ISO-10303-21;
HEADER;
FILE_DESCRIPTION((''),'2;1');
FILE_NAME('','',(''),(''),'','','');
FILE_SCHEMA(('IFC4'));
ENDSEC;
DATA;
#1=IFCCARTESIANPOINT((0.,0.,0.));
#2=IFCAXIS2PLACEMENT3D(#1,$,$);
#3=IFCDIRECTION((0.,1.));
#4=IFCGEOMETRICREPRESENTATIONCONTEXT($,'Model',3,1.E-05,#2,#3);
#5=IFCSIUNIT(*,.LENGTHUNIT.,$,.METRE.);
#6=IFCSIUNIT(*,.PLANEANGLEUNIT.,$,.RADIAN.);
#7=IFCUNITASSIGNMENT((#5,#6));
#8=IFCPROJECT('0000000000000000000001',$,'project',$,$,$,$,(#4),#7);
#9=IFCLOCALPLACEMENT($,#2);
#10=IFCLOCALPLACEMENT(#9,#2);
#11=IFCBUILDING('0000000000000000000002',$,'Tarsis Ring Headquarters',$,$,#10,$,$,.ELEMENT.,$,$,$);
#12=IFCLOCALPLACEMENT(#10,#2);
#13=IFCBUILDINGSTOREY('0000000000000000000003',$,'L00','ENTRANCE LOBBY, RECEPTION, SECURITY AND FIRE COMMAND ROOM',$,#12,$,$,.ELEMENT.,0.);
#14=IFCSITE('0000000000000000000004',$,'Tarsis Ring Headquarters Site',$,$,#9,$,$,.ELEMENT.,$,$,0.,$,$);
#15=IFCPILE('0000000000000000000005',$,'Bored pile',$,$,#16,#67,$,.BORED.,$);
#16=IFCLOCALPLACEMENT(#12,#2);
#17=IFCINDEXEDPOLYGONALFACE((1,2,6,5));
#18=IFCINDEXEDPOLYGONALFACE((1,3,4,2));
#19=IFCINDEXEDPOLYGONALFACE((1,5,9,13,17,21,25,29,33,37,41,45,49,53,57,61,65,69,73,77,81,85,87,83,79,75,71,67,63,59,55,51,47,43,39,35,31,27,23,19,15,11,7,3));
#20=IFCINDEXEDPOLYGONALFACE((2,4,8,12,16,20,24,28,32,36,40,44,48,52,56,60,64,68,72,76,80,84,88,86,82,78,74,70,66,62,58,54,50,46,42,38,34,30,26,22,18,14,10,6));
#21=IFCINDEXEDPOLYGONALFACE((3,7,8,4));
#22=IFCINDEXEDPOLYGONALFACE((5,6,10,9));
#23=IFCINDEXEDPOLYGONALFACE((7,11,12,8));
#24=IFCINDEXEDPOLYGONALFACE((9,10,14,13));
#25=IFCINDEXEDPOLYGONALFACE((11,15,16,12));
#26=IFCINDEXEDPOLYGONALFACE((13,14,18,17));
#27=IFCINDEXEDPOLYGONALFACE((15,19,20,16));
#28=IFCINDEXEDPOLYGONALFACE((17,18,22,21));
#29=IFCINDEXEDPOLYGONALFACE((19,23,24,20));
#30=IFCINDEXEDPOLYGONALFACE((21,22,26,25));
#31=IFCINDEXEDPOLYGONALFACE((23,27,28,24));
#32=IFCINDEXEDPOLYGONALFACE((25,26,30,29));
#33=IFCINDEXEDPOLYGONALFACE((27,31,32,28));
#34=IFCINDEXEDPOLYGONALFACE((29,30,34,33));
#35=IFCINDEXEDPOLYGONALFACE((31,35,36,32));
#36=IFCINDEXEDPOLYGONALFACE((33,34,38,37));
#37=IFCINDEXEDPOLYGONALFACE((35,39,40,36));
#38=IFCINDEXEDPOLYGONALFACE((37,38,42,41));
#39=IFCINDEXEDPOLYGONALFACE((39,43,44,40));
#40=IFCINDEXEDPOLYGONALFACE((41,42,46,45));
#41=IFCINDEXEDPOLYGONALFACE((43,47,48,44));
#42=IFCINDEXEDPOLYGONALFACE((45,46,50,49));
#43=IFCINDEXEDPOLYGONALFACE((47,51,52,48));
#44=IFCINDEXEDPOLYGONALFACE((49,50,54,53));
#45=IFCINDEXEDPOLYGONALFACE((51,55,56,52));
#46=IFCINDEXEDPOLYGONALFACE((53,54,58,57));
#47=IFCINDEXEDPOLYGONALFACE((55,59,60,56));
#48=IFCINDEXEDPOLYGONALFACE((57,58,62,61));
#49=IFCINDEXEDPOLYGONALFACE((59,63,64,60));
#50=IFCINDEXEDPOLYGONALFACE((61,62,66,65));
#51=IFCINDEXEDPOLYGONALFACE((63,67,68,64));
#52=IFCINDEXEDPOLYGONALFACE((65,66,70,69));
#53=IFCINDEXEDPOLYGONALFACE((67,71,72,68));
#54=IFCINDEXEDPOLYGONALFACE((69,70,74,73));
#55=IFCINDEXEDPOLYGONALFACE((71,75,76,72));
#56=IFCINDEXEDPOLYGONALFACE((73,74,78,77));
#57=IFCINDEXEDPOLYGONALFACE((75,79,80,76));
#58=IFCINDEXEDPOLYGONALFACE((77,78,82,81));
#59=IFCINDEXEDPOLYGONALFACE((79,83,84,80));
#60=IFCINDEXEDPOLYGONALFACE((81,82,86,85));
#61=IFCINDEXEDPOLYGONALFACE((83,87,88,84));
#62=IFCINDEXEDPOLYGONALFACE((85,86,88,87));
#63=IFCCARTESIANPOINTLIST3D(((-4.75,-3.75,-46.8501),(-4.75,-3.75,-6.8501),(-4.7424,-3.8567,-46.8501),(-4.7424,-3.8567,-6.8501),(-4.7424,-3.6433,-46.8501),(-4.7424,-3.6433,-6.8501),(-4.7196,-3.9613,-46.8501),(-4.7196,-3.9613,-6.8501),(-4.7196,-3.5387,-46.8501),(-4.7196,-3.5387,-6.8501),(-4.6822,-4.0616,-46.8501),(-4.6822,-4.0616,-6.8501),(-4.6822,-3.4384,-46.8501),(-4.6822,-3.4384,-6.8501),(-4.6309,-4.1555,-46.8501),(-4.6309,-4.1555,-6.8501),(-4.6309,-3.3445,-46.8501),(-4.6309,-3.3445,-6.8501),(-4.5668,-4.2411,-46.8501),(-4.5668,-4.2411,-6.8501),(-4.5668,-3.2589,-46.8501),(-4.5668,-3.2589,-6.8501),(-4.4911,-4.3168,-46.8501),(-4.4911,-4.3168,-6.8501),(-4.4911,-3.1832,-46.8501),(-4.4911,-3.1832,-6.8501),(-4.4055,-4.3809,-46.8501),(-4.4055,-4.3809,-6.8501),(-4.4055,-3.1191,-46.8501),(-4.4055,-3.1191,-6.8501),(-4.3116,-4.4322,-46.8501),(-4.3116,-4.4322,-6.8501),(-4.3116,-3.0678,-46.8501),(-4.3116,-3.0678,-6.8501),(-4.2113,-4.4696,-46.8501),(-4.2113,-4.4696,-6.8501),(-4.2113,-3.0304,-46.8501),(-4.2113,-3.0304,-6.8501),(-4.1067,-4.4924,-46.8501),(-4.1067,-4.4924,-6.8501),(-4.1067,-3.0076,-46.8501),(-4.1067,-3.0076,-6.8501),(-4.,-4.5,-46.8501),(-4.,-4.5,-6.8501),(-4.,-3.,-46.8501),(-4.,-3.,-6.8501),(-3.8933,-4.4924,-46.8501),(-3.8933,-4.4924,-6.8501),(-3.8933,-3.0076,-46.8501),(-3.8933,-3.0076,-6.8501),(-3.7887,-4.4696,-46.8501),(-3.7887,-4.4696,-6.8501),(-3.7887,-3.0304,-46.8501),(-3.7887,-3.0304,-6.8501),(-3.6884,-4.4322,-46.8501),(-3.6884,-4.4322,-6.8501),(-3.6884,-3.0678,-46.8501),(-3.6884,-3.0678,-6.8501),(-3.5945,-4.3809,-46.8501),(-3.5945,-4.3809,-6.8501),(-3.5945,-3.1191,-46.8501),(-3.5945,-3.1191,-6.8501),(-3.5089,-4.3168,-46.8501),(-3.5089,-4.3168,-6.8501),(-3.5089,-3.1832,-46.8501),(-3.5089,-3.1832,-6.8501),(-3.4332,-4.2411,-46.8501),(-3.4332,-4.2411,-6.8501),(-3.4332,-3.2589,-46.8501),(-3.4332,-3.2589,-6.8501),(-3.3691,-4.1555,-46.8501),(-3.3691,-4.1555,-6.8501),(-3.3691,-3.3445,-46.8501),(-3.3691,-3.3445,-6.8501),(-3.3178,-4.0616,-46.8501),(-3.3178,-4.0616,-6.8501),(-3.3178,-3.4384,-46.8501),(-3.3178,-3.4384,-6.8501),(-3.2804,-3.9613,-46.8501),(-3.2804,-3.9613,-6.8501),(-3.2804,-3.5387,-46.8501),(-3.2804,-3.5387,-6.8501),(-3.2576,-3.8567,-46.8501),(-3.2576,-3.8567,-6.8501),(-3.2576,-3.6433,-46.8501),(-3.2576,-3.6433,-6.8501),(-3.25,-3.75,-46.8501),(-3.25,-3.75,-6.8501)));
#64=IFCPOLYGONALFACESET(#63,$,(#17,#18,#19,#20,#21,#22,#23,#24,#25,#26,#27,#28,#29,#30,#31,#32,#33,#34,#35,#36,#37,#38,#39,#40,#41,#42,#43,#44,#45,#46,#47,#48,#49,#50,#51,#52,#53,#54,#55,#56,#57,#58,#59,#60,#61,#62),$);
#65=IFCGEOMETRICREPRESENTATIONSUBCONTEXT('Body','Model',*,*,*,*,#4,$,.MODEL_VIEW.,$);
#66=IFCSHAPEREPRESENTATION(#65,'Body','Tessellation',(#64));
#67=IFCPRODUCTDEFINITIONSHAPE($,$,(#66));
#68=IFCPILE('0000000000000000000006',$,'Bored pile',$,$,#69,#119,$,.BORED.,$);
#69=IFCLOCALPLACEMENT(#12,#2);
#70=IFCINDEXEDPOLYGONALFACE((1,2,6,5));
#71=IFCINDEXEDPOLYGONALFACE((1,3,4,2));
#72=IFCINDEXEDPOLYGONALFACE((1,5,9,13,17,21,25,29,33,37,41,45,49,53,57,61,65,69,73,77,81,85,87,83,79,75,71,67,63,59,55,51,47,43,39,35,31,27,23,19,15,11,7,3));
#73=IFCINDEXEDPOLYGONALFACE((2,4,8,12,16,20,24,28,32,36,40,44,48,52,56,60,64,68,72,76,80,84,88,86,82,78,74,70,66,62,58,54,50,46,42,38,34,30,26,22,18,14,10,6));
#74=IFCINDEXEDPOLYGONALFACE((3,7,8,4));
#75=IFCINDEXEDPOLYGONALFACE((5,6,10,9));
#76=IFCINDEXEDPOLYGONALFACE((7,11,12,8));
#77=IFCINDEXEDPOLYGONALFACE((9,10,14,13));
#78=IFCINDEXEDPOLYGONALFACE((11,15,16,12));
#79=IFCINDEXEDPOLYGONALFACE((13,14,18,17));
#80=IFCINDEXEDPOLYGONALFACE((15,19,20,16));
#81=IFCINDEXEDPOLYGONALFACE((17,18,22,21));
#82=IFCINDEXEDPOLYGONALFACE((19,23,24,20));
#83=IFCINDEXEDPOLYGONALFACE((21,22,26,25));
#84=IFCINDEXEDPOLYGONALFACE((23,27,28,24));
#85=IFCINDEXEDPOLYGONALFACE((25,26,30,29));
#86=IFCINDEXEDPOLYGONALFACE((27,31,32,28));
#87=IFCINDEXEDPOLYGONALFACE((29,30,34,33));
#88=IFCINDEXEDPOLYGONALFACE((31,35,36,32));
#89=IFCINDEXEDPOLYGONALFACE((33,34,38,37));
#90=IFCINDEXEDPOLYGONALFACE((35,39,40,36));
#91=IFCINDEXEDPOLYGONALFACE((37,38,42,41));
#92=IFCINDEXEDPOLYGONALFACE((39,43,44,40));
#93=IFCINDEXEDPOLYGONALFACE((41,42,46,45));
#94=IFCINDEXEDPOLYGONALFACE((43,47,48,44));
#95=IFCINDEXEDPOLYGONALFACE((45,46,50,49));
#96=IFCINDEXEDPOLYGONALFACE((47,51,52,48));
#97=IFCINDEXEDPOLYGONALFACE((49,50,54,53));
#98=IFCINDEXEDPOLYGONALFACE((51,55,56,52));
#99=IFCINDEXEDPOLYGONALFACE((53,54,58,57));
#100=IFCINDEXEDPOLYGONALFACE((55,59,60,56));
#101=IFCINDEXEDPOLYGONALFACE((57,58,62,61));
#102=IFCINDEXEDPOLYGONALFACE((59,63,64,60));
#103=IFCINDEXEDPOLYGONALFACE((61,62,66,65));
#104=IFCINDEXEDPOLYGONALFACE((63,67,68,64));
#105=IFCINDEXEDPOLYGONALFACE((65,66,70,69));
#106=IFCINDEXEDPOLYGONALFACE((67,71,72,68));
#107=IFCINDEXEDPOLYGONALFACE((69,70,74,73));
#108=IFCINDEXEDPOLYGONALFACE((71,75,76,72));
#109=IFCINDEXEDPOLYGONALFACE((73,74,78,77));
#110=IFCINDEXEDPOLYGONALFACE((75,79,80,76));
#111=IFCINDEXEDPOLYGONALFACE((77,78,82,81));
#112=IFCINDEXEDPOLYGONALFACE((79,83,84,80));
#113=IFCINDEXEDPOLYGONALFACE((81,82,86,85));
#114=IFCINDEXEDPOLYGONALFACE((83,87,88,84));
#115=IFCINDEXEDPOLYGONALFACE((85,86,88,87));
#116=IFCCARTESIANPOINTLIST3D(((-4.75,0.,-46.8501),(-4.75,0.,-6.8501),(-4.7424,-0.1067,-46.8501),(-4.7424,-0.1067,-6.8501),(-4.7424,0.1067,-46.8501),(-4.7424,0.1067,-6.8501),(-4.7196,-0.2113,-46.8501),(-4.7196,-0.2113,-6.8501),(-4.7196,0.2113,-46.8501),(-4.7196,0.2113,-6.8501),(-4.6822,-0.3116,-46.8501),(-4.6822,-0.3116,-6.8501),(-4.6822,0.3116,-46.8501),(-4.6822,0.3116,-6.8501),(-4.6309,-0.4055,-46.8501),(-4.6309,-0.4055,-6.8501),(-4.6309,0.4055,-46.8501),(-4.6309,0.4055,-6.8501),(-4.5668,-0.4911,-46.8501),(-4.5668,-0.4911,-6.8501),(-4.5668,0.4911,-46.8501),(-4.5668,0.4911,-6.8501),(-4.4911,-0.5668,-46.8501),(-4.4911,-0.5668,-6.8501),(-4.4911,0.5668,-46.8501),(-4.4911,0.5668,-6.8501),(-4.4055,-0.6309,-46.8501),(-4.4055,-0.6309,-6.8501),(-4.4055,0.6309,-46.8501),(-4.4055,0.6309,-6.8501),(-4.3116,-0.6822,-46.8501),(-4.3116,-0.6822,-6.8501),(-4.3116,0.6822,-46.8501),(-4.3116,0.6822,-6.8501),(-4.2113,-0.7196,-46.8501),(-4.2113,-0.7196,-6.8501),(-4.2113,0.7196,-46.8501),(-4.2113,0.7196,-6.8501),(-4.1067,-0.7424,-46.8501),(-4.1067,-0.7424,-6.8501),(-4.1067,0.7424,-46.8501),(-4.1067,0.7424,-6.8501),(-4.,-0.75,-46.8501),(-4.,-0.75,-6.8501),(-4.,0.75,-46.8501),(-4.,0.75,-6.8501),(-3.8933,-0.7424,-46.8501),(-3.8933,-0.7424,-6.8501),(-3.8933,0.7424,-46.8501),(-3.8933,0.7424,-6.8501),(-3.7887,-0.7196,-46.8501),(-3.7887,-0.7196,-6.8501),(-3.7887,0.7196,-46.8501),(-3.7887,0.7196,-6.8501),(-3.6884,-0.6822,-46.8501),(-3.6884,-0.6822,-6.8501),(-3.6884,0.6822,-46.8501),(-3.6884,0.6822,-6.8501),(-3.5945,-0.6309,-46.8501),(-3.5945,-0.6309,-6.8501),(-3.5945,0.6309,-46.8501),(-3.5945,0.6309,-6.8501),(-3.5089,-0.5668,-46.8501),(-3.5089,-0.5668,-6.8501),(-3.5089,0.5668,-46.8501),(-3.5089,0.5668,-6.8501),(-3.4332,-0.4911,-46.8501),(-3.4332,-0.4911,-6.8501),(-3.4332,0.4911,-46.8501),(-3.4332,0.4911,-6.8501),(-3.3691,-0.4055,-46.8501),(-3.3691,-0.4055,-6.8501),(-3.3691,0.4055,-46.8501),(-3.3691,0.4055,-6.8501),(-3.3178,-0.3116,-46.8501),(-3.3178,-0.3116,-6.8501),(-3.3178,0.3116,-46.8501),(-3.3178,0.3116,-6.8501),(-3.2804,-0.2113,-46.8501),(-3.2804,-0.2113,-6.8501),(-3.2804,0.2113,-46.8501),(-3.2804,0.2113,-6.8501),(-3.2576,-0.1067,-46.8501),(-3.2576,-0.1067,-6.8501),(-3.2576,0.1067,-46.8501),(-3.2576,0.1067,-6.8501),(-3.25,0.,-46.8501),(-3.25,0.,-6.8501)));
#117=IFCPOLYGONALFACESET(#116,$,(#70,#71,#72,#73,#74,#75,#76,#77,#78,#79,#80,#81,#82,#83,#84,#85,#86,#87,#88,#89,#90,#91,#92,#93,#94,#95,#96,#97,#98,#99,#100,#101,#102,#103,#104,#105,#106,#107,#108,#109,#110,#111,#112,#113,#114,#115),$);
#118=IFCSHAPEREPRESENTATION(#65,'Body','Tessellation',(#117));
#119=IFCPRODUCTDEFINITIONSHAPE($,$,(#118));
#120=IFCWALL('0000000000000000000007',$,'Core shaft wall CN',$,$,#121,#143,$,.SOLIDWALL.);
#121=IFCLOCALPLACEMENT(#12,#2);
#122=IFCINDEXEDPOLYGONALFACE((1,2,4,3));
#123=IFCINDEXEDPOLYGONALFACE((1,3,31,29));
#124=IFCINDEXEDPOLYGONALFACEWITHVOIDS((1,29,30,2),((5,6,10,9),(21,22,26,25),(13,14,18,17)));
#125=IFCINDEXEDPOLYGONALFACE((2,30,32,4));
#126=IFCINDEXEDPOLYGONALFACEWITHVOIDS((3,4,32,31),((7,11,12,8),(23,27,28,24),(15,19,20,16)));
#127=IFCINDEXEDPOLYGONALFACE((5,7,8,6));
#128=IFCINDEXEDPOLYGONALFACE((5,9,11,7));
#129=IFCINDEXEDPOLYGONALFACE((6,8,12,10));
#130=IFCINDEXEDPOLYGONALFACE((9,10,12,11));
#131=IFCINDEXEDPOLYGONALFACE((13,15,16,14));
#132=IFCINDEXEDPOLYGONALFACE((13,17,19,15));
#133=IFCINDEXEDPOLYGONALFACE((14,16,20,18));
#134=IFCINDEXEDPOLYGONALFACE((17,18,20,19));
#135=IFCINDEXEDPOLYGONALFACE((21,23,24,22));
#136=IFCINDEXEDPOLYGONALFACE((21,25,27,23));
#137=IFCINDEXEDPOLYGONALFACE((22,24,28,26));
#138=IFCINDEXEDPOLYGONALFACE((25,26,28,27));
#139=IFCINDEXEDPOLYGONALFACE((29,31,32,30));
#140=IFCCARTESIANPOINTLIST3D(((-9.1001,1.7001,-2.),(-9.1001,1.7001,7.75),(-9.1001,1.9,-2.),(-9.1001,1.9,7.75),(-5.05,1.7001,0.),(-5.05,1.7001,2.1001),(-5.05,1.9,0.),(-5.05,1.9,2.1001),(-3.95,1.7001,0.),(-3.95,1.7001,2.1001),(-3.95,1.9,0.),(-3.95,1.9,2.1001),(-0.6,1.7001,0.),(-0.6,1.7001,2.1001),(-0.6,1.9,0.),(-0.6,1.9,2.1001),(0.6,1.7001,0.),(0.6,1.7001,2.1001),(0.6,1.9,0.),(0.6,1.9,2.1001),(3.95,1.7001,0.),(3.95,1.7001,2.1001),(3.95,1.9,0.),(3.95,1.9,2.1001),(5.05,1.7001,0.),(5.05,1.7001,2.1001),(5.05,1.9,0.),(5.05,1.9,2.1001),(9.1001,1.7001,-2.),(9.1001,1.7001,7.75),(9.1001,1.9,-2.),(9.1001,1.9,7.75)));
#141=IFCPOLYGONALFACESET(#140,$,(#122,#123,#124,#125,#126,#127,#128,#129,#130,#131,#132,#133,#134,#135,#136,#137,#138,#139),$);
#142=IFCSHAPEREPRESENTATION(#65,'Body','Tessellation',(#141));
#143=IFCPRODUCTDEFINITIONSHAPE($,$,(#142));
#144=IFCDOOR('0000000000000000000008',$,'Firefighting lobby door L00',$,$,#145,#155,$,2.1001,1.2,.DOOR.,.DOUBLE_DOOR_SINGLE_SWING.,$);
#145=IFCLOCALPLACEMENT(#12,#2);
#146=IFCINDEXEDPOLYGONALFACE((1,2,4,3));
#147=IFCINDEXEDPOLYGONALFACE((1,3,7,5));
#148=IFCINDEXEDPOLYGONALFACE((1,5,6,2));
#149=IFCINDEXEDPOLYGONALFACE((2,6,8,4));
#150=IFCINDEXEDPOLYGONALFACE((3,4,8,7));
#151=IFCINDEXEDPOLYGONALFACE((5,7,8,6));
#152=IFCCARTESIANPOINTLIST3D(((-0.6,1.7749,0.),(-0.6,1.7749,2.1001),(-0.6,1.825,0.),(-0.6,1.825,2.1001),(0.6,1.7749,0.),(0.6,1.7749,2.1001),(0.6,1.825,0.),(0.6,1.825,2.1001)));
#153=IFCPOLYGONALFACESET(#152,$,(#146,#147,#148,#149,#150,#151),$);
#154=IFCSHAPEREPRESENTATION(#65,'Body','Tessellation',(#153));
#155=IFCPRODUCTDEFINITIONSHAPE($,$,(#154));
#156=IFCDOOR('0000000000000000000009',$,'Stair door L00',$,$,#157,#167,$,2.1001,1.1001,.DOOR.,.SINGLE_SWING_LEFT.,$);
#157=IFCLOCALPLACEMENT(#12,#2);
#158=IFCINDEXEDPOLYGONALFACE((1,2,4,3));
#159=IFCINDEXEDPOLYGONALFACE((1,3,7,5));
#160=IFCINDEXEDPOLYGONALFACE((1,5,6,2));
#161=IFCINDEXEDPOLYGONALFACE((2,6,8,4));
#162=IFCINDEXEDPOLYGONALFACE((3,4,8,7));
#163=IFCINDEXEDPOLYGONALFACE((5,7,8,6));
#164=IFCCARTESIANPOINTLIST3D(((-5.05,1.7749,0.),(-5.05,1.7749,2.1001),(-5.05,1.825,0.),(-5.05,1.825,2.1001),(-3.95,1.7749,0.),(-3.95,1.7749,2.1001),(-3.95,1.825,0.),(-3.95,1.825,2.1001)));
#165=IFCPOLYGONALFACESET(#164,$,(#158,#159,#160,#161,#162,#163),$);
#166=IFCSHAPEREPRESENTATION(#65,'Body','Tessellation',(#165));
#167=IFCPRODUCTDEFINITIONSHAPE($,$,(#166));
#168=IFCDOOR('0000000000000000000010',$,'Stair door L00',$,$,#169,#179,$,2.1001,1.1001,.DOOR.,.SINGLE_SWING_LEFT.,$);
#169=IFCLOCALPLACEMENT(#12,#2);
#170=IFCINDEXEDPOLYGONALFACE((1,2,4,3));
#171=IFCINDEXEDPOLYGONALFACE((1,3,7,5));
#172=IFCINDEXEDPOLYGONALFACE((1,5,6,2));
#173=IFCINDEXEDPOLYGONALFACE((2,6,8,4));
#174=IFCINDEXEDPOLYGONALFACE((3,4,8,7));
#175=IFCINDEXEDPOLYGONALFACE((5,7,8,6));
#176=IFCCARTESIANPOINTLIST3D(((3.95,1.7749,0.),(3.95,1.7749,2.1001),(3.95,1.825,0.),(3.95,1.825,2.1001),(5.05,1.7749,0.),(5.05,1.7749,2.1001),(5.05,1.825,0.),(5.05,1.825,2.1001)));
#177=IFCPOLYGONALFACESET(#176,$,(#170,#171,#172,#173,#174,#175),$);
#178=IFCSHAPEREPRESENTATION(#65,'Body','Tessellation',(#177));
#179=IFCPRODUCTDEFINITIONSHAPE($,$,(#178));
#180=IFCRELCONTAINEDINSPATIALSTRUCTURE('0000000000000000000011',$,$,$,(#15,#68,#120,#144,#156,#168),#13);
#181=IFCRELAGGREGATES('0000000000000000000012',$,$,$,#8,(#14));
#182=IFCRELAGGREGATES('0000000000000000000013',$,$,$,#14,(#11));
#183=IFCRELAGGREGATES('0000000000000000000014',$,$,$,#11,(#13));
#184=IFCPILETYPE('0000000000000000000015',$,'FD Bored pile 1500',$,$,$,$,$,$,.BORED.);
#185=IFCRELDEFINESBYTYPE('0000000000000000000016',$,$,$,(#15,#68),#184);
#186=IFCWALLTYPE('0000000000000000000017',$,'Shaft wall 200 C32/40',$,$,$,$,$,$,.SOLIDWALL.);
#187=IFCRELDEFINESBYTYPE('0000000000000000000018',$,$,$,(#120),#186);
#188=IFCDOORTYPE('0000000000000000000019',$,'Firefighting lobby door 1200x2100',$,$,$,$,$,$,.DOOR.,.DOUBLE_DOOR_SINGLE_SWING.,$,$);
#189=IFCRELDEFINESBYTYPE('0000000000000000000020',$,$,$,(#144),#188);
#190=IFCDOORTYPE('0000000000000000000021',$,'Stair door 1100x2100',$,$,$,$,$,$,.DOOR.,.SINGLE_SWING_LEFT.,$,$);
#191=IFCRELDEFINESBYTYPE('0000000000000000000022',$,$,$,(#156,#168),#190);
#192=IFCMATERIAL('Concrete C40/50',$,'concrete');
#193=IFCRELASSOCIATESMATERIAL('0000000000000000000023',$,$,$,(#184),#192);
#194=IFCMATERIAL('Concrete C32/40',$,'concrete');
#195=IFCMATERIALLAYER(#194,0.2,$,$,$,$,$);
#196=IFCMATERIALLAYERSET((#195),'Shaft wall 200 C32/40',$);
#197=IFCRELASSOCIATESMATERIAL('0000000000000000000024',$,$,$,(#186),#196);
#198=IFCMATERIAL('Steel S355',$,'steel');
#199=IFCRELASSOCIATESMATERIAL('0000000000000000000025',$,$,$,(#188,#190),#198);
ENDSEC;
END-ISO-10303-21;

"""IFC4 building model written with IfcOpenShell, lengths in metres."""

from ifc_helpers import new_model, si_unit, direction, frame, frame_2d, origin, origin_2d, place, context, subcontext, project, spatial, rectangle, circle, extrude, material, layer, layer_set, material_profile, profile_set, type_object, element, fill, save


model = new_model("IFC4")

# Units and contexts
model_context = context("Model", 3, precision=1e-05, world=origin(), true_north=direction((0.0, 1.0)))
body_context = subcontext(model_context, "Body", "Model", "MODEL_VIEW")
ifc_project = project(units=[si_unit("LENGTHUNIT", "METRE"), si_unit("PLANEANGLEUNIT", "RADIAN")], contexts=[model_context])

# Site, building, storey
site_placement = place(None, origin())
site = spatial("IfcSite", under=ifc_project, at=site_placement, Name="Tarsis Ring Headquarters Site", CompositionType="ELEMENT", RefElevation=0.0)
building_placement = place(site_placement, origin())
building = spatial("IfcBuilding", under=site, at=building_placement, Name="Tarsis Ring Headquarters", CompositionType="ELEMENT")
storey_placement = place(building_placement, origin())
storey = spatial("IfcBuildingStorey", under=building, at=storey_placement, Name="L00", Description="ENTRANCE LOBBY, RECEPTION, SECURITY AND FIRE COMMAND ROOM", CompositionType="ELEMENT", Elevation=0.0)

# Piles
ifc_material_1 = material(Name="Concrete C40/50", Category="concrete")
ifc_material_profile = material_profile(ifc_material_1, circle(Radius=0.75, at=origin_2d()), Name="BORED 1500")
ifc_profile_set = profile_set([ifc_material_profile], Name="Concrete C40/50")
pile_type = type_object("IfcPileType", Name="FD Bored pile 1500", PredefinedType="BORED", material=ifc_profile_set)
for number, where, z_axis, x_axis, name in (
    (1, (-4.0, -3.75, -6.8501), (0.0, 0.0, -1.0), (1.0, 0.0, 0.0), "Bored pile"),
    (2, (-4.0, 0.0, -6.8501), (0.0, 0.0, -1.0), (1.0, 0.0, 0.0), "Bored pile"),
):
    element("IfcPile", number, at=place(storey_placement, frame(where, z_axis=z_axis, x_axis=x_axis)), inside=storey, type_object=pile_type, Name=name, PredefinedType="BORED", context=body_context, shape_type="SweptSolid", body=[
        extrude(circle(Radius=0.75, at=origin_2d()), origin(), (0.0, 0.0, 1.0), 40.0),
    ])

# Wall, openings, doors
ifc_material_2 = material(Name="Concrete C32/40", Category="concrete")
ifc_layer = layer(ifc_material_2, 0.2)
ifc_layer_set = layer_set([ifc_layer], Name="Shaft wall 200 C32/40")
wall_type = type_object("IfcWallType", Name="Shaft wall 200 C32/40", PredefinedType="SOLIDWALL", material=ifc_layer_set)
wall_1_placement = place(storey_placement, frame((-9.1001, 1.8, -2.0), z_axis=(0.0, 0.0, 1.0), x_axis=(1.0, 0.0, 0.0)))
wall_1 = element("IfcWall", 3, at=wall_1_placement, inside=storey, type_object=wall_type, Name="Core shaft wall CN", PredefinedType="SOLIDWALL", context=body_context, shape_type="SweptSolid", body=[
    extrude(rectangle(XDim=18.2002, YDim=0.2, at=frame_2d((9.1001, 0.0))), origin(), (0.0, 0.0, 1.0), 9.75),
])
opening_1_placement = place(wall_1_placement, frame((4.05, 0.0, 2.0)))
opening_1 = element("IfcOpeningElement", 4, at=opening_1_placement, cuts=wall_1, PredefinedType="OPENING", context=body_context, shape_type="SweptSolid", body=[
    extrude(rectangle(XDim=1.1001, YDim=2.1001, at=frame_2d((0.55, 1.05))), frame((0.0, 0.1099, 0.0), z_axis=(0.0, -1.0, 0.0), x_axis=(1.0, 0.0, 0.0)), (0.0, 0.0, 1.0), 0.22),
])
opening_2_placement = place(wall_1_placement, frame((8.5, 0.0, 2.0)))
opening_2 = element("IfcOpeningElement", 5, at=opening_2_placement, cuts=wall_1, PredefinedType="OPENING", context=body_context, shape_type="SweptSolid", body=[
    extrude(rectangle(XDim=1.2, YDim=2.1001, at=frame_2d((0.6001, 1.05))), frame((0.0, 0.1099, 0.0), z_axis=(0.0, -1.0, 0.0), x_axis=(1.0, 0.0, 0.0)), (0.0, 0.0, 1.0), 0.22),
])
opening_3_placement = place(wall_1_placement, frame((13.05, 0.0, 2.0)))
opening_3 = element("IfcOpeningElement", 6, at=opening_3_placement, cuts=wall_1, PredefinedType="OPENING", context=body_context, shape_type="SweptSolid", body=[
    extrude(rectangle(XDim=1.1001, YDim=2.1001, at=frame_2d((0.55, 1.05))), frame((0.0, 0.1099, 0.0), z_axis=(0.0, -1.0, 0.0), x_axis=(1.0, 0.0, 0.0)), (0.0, 0.0, 1.0), 0.22),
])
ifc_material_3 = material(Name="Steel S355", Category="steel")
door_type_1 = type_object("IfcDoorType", Name="Firefighting lobby door 1200x2100", OperationType="DOUBLE_DOOR_SINGLE_SWING", PredefinedType="DOOR", material=ifc_material_3)
door_1_placement = place(opening_2_placement, origin())
door_1 = element("IfcDoor", 7, at=door_1_placement, inside=storey, type_object=door_type_1, Name="Firefighting lobby door L00", OperationType="DOUBLE_DOOR_SINGLE_SWING", OverallHeight=2.1001, OverallWidth=1.2, PredefinedType="DOOR", context=body_context, shape_type="SweptSolid", body=[
    extrude(rectangle(XDim=1.2, YDim=2.1001, at=frame_2d((0.6001, 1.05))), frame((0.0, 0.0249, 0.0), z_axis=(0.0, -1.0, 0.0), x_axis=(1.0, 0.0, 0.0)), (0.0, 0.0, 1.0), 0.05),
])
fill(opening_2, door_1)
door_type_2 = type_object("IfcDoorType", Name="Stair door 1100x2100", OperationType="SINGLE_SWING_LEFT", PredefinedType="DOOR", material=ifc_material_3)
door_2_placement = place(opening_1_placement, origin())
door_2 = element("IfcDoor", 8, at=door_2_placement, inside=storey, type_object=door_type_2, Name="Stair door L00", OperationType="SINGLE_SWING_LEFT", OverallHeight=2.1001, OverallWidth=1.1001, PredefinedType="DOOR", context=body_context, shape_type="SweptSolid", body=[
    extrude(rectangle(XDim=1.1001, YDim=2.1001, at=frame_2d((0.55, 1.05))), frame((0.0, 0.0249, 0.0), z_axis=(0.0, -1.0, 0.0), x_axis=(1.0, 0.0, 0.0)), (0.0, 0.0, 1.0), 0.05),
])
fill(opening_1, door_2)
door_3_placement = place(opening_3_placement, origin())
door_3 = element("IfcDoor", 9, at=door_3_placement, inside=storey, type_object=door_type_2, Name="Stair door L00", OperationType="SINGLE_SWING_LEFT", OverallHeight=2.1001, OverallWidth=1.1001, PredefinedType="DOOR", context=body_context, shape_type="SweptSolid", body=[
    extrude(rectangle(XDim=1.1001, YDim=2.1001, at=frame_2d((0.55, 1.05))), frame((0.0, 0.0249, 0.0), z_axis=(0.0, -1.0, 0.0), x_axis=(1.0, 0.0, 0.0)), (0.0, 0.0, 1.0), 0.05),
])
fill(opening_3, door_3)

save(model, "model.ifc")
